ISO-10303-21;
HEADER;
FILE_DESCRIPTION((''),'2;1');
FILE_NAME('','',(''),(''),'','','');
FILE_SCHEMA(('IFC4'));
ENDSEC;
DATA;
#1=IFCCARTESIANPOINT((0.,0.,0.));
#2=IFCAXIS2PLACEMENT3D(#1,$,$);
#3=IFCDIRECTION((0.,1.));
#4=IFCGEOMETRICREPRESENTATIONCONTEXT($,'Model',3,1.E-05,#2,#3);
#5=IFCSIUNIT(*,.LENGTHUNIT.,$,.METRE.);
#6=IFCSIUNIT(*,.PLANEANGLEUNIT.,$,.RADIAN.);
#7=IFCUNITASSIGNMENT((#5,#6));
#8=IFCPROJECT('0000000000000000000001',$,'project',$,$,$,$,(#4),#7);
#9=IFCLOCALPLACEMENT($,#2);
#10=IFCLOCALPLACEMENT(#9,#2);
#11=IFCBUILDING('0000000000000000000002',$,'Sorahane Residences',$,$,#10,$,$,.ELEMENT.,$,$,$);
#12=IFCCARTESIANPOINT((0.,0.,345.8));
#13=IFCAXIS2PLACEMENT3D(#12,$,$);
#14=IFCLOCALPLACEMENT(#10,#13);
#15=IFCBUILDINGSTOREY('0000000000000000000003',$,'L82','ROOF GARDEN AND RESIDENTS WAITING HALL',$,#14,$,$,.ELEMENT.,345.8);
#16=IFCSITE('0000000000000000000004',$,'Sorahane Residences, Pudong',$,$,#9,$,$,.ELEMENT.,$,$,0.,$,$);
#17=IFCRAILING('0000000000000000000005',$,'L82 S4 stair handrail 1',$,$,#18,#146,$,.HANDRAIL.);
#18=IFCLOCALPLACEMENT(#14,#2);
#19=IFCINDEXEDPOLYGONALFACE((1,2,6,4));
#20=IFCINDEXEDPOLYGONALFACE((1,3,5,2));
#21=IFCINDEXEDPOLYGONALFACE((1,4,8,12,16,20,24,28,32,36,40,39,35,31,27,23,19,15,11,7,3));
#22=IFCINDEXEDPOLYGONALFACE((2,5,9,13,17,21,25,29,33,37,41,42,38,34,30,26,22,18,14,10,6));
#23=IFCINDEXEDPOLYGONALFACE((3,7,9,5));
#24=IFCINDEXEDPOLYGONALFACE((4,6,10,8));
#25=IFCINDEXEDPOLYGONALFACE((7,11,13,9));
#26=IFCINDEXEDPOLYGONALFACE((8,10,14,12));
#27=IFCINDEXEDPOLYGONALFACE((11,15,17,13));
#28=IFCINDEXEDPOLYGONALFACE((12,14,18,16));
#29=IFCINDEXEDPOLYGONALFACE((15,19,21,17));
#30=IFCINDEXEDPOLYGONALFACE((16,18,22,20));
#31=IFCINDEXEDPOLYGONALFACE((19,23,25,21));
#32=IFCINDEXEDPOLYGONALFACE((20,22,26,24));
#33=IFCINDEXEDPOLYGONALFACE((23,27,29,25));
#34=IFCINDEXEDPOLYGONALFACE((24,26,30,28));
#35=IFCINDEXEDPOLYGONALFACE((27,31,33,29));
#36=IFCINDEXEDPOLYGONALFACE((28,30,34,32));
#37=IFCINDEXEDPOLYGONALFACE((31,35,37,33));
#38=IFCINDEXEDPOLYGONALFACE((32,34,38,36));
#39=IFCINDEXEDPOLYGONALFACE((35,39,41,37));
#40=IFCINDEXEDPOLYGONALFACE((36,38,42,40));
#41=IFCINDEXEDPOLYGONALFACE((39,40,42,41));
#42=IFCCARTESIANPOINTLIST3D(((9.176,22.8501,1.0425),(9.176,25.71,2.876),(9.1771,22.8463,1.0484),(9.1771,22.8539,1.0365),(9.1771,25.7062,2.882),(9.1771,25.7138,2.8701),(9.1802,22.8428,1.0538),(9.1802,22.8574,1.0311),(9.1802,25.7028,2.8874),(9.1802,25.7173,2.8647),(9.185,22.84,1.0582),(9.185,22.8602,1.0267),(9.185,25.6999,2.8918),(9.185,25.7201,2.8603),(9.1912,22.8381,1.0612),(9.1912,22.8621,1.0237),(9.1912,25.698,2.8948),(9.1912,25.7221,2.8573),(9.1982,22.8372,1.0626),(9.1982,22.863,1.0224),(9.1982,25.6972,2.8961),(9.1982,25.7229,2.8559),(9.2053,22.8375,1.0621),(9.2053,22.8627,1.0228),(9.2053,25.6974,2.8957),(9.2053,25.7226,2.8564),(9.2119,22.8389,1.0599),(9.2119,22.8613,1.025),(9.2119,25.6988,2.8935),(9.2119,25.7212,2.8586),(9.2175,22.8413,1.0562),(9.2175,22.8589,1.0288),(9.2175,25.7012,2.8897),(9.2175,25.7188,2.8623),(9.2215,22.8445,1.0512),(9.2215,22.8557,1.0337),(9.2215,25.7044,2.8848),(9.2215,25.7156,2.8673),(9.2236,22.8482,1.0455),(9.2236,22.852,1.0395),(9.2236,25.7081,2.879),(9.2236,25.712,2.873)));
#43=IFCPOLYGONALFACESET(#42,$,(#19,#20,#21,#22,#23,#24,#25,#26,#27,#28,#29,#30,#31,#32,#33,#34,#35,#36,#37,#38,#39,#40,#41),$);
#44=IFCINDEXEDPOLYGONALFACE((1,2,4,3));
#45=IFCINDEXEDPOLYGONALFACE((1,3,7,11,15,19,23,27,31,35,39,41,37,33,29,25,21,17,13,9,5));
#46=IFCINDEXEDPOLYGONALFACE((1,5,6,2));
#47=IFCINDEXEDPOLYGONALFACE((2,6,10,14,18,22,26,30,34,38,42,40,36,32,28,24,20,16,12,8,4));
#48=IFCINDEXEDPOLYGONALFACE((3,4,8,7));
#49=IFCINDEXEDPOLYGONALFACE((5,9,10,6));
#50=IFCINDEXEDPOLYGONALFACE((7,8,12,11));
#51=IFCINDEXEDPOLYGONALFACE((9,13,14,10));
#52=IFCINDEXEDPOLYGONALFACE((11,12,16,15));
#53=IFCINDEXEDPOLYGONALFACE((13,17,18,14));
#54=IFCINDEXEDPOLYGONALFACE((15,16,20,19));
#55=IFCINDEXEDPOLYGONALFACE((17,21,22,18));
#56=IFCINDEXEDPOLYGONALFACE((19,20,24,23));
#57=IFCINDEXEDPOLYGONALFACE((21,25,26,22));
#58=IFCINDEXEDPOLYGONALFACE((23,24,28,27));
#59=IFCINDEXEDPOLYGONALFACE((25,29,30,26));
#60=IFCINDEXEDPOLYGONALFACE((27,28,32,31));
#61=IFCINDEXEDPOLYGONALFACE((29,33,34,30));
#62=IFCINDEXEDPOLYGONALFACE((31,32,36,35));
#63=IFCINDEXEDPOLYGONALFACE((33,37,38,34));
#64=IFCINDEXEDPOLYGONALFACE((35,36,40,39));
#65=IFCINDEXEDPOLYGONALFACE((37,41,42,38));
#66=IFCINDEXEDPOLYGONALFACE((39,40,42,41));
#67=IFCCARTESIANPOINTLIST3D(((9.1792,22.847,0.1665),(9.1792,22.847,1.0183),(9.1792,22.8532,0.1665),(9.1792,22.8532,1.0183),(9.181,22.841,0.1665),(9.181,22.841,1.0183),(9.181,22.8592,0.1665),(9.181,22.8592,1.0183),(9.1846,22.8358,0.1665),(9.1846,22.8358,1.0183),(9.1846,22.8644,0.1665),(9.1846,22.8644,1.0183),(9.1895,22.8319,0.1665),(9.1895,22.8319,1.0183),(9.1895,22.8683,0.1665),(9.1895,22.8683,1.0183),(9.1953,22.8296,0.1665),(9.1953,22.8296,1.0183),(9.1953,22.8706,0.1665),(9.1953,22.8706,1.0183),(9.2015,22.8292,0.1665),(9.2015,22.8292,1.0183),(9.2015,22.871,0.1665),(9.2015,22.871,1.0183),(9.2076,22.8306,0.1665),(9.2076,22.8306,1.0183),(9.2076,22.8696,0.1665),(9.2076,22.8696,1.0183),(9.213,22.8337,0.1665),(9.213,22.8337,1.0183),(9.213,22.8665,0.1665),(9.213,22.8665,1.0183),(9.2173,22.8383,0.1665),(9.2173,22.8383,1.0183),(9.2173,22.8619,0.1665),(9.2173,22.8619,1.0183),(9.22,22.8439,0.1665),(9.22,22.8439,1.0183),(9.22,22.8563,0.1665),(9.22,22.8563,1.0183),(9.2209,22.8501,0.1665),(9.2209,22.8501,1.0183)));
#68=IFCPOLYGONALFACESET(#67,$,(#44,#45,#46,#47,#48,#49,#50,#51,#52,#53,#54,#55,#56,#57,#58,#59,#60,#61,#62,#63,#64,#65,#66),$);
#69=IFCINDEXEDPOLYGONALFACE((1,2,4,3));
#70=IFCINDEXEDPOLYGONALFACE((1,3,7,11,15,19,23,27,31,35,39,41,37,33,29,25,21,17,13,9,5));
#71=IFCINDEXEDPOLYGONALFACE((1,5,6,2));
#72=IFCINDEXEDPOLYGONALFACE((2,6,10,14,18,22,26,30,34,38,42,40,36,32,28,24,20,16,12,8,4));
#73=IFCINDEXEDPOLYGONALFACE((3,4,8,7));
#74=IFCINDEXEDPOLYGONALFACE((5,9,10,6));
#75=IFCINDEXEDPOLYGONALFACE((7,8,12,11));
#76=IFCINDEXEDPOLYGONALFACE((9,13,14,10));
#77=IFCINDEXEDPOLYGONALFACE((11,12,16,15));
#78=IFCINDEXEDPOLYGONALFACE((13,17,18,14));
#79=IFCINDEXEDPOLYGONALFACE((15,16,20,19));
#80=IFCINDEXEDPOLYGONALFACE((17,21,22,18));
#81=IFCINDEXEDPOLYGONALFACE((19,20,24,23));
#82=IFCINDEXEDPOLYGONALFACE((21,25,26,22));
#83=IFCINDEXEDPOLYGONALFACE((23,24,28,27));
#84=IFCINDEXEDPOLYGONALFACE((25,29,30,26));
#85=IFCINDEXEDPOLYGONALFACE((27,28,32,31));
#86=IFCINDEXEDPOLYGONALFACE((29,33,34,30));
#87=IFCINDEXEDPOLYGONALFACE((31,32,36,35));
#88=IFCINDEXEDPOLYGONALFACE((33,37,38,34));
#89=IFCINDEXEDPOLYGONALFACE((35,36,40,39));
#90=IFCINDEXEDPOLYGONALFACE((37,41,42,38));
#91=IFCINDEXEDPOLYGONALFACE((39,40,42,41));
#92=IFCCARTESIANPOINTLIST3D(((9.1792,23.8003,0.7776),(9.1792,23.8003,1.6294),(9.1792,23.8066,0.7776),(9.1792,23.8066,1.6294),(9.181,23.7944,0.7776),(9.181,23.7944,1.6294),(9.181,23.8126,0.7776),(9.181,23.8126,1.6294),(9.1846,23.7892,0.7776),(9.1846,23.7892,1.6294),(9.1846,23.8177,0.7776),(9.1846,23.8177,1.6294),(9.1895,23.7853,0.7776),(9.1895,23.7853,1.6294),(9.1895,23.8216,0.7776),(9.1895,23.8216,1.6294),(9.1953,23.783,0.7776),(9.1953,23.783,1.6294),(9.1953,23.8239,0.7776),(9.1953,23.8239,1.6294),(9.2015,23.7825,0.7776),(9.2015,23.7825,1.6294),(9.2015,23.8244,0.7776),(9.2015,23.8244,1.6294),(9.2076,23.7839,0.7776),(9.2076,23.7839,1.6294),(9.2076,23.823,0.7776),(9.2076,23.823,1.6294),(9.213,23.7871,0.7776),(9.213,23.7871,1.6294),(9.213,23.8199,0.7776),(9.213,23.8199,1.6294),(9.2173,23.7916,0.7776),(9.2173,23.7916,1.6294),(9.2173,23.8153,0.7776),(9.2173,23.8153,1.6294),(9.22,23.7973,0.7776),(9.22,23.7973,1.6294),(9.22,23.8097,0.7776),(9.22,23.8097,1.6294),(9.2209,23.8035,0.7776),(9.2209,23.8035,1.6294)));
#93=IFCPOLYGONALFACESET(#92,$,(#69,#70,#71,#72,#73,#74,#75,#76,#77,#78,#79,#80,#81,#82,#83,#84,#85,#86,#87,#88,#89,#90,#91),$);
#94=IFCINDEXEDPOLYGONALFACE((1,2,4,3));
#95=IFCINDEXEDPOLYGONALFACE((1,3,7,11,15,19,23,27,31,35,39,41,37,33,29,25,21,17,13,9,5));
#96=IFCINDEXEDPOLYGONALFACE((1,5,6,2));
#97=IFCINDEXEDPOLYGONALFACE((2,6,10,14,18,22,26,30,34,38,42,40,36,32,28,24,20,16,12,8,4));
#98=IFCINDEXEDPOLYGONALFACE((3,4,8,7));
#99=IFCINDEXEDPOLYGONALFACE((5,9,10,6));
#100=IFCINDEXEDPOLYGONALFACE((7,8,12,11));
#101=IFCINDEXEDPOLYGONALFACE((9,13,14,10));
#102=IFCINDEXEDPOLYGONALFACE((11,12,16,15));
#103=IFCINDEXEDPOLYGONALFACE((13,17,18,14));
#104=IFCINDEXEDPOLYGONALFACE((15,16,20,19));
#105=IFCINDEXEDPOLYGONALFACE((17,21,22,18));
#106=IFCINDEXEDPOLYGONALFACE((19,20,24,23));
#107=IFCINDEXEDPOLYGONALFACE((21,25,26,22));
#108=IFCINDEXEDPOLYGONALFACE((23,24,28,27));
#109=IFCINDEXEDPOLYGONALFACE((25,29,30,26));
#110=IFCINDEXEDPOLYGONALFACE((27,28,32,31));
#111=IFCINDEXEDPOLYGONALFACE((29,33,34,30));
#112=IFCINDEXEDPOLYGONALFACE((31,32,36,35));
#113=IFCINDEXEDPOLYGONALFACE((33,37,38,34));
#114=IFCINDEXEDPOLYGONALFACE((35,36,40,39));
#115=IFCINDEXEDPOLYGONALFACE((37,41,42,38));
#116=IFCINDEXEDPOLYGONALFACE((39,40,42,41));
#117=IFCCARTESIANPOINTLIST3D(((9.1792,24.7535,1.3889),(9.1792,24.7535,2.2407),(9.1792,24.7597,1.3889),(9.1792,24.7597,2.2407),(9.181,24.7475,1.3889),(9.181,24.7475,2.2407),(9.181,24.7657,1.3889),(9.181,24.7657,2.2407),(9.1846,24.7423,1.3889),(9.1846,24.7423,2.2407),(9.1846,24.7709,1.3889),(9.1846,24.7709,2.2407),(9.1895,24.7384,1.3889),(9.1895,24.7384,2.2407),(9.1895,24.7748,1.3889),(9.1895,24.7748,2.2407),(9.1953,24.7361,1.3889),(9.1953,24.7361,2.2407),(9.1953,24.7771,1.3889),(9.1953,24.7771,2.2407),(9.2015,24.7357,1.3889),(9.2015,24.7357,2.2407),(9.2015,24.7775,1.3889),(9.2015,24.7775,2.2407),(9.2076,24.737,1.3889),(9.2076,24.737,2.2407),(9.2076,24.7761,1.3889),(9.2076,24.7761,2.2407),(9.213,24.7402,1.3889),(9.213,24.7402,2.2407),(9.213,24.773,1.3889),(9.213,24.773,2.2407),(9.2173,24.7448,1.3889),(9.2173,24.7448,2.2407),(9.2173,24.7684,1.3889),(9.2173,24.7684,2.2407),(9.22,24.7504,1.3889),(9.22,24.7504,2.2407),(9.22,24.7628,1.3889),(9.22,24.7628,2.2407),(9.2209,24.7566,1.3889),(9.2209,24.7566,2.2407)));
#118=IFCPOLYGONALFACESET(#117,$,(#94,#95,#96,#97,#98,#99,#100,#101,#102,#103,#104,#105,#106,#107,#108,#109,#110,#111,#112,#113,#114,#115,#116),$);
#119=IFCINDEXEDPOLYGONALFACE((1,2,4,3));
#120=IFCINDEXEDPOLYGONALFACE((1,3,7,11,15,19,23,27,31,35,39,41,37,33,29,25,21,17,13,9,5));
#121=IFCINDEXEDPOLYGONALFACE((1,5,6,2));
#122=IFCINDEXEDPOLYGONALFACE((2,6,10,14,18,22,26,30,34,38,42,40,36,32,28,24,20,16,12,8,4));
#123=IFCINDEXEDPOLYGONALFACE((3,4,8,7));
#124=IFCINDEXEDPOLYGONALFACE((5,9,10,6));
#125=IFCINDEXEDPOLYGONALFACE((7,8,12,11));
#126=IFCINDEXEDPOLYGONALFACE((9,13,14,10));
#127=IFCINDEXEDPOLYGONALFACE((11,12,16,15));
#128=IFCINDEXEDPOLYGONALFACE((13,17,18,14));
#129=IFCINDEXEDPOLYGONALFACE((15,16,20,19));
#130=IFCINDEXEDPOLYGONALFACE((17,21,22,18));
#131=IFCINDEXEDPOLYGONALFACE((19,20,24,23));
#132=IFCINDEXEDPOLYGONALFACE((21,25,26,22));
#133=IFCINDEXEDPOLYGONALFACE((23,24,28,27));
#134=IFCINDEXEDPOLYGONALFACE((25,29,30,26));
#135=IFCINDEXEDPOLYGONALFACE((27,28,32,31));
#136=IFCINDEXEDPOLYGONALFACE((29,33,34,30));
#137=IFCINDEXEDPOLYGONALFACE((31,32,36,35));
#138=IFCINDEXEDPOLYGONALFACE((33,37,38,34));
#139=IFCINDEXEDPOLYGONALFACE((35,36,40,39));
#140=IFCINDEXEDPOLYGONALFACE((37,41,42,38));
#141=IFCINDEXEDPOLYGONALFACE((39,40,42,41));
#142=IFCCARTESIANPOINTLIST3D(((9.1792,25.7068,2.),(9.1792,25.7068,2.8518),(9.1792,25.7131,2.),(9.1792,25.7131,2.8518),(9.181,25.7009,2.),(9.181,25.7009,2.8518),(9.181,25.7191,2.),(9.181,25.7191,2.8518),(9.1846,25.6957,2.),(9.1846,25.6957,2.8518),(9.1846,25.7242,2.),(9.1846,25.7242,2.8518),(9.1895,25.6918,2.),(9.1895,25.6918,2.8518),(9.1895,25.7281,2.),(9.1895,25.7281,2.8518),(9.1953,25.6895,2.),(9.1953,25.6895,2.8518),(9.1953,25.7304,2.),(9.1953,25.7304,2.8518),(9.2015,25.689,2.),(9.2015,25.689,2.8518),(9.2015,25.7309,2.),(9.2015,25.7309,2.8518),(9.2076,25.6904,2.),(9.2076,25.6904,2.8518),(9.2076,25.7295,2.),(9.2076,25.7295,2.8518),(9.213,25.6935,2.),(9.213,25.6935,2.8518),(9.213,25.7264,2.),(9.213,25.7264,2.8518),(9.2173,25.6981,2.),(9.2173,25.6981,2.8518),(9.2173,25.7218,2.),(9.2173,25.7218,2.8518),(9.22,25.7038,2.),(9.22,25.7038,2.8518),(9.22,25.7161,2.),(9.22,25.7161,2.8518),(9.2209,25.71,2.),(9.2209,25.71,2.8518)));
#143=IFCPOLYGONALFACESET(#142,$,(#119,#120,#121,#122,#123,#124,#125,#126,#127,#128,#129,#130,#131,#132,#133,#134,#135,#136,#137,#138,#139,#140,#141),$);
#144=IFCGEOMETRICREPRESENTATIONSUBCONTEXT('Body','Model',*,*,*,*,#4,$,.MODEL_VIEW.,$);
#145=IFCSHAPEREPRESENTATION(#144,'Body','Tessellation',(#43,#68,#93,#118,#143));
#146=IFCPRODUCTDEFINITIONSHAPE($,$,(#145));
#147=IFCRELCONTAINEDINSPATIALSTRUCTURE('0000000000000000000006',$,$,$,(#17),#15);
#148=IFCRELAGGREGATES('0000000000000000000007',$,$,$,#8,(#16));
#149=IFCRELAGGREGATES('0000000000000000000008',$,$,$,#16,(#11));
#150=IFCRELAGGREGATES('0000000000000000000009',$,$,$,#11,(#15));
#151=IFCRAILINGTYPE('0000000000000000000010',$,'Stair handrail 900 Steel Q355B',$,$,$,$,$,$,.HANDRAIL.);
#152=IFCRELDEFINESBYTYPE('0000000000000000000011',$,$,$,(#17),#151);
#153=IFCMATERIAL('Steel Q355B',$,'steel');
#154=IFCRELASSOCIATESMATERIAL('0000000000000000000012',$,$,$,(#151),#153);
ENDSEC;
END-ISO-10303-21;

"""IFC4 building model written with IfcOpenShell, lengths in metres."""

from ifc_helpers import new_model, si_unit, direction, frame, origin, origin_2d, place, context, subcontext, project, spatial, circle, extrude, material, type_object, element, save


model = new_model("IFC4")

# Units and contexts
model_context = context("Model", 3, precision=1e-05, world=origin(), true_north=direction((0.0, 1.0)))
body_context = subcontext(model_context, "Body", "Model", "MODEL_VIEW")
ifc_project = project(units=[si_unit("LENGTHUNIT", "METRE"), si_unit("PLANEANGLEUNIT", "RADIAN")], contexts=[model_context])

# Site, building, storey
site_placement = place(None, origin())
site = spatial("IfcSite", under=ifc_project, at=site_placement, Name="Sorahane Residences, Pudong", CompositionType="ELEMENT", RefElevation=0.0)
building_placement = place(site_placement, origin())
building = spatial("IfcBuilding", under=site, at=building_placement, Name="Sorahane Residences", CompositionType="ELEMENT")
storey_placement = place(building_placement, frame((0.0, 0.0, 345.8)))
storey = spatial("IfcBuildingStorey", under=building, at=storey_placement, Name="L82", Description="ROOF GARDEN AND RESIDENTS WAITING HALL", CompositionType="ELEMENT", Elevation=345.8)

# Railing
ifc_material_1 = material(Name="Steel Q355B", Category="steel")
railing_type_1 = type_object("IfcRailingType", Name="Stair handrail 900 Steel Q355B", PredefinedType="HANDRAIL", material=ifc_material_1)
railing_1_placement = place(storey_placement, frame((9.2, 22.8501, 0.1665)))
element("IfcRailing", 1, at=railing_1_placement, inside=storey, type_object=railing_type_1, Name="L82 S4 stair handrail 1", PredefinedType="HANDRAIL", context=body_context, shape_type="SweptSolid", body=[
    extrude(circle(Radius=0.0239, at=origin_2d()), frame((0.0, 0.0, 0.876), z_axis=(0.0, 0.841846, 0.539718), x_axis=(-1.0, 0.0, 0.0)), (0.0, 0.0, 1.0), 3.3972),
    extrude(circle(Radius=0.021, at=origin_2d()), origin(), (0.0, 0.0, 1.0), 0.8518),
    extrude(circle(Radius=0.021, at=origin_2d()), frame((0.0, 0.9534, 0.6111)), (0.0, 0.0, 1.0), 0.8518),
    extrude(circle(Radius=0.021, at=origin_2d()), frame((0.0, 1.9065, 1.2224)), (0.0, 0.0, 1.0), 0.8518),
    extrude(circle(Radius=0.021, at=origin_2d()), frame((0.0, 2.8599, 1.8335)), (0.0, 0.0, 1.0), 0.8518),
])

save(model, "model.ifc")
